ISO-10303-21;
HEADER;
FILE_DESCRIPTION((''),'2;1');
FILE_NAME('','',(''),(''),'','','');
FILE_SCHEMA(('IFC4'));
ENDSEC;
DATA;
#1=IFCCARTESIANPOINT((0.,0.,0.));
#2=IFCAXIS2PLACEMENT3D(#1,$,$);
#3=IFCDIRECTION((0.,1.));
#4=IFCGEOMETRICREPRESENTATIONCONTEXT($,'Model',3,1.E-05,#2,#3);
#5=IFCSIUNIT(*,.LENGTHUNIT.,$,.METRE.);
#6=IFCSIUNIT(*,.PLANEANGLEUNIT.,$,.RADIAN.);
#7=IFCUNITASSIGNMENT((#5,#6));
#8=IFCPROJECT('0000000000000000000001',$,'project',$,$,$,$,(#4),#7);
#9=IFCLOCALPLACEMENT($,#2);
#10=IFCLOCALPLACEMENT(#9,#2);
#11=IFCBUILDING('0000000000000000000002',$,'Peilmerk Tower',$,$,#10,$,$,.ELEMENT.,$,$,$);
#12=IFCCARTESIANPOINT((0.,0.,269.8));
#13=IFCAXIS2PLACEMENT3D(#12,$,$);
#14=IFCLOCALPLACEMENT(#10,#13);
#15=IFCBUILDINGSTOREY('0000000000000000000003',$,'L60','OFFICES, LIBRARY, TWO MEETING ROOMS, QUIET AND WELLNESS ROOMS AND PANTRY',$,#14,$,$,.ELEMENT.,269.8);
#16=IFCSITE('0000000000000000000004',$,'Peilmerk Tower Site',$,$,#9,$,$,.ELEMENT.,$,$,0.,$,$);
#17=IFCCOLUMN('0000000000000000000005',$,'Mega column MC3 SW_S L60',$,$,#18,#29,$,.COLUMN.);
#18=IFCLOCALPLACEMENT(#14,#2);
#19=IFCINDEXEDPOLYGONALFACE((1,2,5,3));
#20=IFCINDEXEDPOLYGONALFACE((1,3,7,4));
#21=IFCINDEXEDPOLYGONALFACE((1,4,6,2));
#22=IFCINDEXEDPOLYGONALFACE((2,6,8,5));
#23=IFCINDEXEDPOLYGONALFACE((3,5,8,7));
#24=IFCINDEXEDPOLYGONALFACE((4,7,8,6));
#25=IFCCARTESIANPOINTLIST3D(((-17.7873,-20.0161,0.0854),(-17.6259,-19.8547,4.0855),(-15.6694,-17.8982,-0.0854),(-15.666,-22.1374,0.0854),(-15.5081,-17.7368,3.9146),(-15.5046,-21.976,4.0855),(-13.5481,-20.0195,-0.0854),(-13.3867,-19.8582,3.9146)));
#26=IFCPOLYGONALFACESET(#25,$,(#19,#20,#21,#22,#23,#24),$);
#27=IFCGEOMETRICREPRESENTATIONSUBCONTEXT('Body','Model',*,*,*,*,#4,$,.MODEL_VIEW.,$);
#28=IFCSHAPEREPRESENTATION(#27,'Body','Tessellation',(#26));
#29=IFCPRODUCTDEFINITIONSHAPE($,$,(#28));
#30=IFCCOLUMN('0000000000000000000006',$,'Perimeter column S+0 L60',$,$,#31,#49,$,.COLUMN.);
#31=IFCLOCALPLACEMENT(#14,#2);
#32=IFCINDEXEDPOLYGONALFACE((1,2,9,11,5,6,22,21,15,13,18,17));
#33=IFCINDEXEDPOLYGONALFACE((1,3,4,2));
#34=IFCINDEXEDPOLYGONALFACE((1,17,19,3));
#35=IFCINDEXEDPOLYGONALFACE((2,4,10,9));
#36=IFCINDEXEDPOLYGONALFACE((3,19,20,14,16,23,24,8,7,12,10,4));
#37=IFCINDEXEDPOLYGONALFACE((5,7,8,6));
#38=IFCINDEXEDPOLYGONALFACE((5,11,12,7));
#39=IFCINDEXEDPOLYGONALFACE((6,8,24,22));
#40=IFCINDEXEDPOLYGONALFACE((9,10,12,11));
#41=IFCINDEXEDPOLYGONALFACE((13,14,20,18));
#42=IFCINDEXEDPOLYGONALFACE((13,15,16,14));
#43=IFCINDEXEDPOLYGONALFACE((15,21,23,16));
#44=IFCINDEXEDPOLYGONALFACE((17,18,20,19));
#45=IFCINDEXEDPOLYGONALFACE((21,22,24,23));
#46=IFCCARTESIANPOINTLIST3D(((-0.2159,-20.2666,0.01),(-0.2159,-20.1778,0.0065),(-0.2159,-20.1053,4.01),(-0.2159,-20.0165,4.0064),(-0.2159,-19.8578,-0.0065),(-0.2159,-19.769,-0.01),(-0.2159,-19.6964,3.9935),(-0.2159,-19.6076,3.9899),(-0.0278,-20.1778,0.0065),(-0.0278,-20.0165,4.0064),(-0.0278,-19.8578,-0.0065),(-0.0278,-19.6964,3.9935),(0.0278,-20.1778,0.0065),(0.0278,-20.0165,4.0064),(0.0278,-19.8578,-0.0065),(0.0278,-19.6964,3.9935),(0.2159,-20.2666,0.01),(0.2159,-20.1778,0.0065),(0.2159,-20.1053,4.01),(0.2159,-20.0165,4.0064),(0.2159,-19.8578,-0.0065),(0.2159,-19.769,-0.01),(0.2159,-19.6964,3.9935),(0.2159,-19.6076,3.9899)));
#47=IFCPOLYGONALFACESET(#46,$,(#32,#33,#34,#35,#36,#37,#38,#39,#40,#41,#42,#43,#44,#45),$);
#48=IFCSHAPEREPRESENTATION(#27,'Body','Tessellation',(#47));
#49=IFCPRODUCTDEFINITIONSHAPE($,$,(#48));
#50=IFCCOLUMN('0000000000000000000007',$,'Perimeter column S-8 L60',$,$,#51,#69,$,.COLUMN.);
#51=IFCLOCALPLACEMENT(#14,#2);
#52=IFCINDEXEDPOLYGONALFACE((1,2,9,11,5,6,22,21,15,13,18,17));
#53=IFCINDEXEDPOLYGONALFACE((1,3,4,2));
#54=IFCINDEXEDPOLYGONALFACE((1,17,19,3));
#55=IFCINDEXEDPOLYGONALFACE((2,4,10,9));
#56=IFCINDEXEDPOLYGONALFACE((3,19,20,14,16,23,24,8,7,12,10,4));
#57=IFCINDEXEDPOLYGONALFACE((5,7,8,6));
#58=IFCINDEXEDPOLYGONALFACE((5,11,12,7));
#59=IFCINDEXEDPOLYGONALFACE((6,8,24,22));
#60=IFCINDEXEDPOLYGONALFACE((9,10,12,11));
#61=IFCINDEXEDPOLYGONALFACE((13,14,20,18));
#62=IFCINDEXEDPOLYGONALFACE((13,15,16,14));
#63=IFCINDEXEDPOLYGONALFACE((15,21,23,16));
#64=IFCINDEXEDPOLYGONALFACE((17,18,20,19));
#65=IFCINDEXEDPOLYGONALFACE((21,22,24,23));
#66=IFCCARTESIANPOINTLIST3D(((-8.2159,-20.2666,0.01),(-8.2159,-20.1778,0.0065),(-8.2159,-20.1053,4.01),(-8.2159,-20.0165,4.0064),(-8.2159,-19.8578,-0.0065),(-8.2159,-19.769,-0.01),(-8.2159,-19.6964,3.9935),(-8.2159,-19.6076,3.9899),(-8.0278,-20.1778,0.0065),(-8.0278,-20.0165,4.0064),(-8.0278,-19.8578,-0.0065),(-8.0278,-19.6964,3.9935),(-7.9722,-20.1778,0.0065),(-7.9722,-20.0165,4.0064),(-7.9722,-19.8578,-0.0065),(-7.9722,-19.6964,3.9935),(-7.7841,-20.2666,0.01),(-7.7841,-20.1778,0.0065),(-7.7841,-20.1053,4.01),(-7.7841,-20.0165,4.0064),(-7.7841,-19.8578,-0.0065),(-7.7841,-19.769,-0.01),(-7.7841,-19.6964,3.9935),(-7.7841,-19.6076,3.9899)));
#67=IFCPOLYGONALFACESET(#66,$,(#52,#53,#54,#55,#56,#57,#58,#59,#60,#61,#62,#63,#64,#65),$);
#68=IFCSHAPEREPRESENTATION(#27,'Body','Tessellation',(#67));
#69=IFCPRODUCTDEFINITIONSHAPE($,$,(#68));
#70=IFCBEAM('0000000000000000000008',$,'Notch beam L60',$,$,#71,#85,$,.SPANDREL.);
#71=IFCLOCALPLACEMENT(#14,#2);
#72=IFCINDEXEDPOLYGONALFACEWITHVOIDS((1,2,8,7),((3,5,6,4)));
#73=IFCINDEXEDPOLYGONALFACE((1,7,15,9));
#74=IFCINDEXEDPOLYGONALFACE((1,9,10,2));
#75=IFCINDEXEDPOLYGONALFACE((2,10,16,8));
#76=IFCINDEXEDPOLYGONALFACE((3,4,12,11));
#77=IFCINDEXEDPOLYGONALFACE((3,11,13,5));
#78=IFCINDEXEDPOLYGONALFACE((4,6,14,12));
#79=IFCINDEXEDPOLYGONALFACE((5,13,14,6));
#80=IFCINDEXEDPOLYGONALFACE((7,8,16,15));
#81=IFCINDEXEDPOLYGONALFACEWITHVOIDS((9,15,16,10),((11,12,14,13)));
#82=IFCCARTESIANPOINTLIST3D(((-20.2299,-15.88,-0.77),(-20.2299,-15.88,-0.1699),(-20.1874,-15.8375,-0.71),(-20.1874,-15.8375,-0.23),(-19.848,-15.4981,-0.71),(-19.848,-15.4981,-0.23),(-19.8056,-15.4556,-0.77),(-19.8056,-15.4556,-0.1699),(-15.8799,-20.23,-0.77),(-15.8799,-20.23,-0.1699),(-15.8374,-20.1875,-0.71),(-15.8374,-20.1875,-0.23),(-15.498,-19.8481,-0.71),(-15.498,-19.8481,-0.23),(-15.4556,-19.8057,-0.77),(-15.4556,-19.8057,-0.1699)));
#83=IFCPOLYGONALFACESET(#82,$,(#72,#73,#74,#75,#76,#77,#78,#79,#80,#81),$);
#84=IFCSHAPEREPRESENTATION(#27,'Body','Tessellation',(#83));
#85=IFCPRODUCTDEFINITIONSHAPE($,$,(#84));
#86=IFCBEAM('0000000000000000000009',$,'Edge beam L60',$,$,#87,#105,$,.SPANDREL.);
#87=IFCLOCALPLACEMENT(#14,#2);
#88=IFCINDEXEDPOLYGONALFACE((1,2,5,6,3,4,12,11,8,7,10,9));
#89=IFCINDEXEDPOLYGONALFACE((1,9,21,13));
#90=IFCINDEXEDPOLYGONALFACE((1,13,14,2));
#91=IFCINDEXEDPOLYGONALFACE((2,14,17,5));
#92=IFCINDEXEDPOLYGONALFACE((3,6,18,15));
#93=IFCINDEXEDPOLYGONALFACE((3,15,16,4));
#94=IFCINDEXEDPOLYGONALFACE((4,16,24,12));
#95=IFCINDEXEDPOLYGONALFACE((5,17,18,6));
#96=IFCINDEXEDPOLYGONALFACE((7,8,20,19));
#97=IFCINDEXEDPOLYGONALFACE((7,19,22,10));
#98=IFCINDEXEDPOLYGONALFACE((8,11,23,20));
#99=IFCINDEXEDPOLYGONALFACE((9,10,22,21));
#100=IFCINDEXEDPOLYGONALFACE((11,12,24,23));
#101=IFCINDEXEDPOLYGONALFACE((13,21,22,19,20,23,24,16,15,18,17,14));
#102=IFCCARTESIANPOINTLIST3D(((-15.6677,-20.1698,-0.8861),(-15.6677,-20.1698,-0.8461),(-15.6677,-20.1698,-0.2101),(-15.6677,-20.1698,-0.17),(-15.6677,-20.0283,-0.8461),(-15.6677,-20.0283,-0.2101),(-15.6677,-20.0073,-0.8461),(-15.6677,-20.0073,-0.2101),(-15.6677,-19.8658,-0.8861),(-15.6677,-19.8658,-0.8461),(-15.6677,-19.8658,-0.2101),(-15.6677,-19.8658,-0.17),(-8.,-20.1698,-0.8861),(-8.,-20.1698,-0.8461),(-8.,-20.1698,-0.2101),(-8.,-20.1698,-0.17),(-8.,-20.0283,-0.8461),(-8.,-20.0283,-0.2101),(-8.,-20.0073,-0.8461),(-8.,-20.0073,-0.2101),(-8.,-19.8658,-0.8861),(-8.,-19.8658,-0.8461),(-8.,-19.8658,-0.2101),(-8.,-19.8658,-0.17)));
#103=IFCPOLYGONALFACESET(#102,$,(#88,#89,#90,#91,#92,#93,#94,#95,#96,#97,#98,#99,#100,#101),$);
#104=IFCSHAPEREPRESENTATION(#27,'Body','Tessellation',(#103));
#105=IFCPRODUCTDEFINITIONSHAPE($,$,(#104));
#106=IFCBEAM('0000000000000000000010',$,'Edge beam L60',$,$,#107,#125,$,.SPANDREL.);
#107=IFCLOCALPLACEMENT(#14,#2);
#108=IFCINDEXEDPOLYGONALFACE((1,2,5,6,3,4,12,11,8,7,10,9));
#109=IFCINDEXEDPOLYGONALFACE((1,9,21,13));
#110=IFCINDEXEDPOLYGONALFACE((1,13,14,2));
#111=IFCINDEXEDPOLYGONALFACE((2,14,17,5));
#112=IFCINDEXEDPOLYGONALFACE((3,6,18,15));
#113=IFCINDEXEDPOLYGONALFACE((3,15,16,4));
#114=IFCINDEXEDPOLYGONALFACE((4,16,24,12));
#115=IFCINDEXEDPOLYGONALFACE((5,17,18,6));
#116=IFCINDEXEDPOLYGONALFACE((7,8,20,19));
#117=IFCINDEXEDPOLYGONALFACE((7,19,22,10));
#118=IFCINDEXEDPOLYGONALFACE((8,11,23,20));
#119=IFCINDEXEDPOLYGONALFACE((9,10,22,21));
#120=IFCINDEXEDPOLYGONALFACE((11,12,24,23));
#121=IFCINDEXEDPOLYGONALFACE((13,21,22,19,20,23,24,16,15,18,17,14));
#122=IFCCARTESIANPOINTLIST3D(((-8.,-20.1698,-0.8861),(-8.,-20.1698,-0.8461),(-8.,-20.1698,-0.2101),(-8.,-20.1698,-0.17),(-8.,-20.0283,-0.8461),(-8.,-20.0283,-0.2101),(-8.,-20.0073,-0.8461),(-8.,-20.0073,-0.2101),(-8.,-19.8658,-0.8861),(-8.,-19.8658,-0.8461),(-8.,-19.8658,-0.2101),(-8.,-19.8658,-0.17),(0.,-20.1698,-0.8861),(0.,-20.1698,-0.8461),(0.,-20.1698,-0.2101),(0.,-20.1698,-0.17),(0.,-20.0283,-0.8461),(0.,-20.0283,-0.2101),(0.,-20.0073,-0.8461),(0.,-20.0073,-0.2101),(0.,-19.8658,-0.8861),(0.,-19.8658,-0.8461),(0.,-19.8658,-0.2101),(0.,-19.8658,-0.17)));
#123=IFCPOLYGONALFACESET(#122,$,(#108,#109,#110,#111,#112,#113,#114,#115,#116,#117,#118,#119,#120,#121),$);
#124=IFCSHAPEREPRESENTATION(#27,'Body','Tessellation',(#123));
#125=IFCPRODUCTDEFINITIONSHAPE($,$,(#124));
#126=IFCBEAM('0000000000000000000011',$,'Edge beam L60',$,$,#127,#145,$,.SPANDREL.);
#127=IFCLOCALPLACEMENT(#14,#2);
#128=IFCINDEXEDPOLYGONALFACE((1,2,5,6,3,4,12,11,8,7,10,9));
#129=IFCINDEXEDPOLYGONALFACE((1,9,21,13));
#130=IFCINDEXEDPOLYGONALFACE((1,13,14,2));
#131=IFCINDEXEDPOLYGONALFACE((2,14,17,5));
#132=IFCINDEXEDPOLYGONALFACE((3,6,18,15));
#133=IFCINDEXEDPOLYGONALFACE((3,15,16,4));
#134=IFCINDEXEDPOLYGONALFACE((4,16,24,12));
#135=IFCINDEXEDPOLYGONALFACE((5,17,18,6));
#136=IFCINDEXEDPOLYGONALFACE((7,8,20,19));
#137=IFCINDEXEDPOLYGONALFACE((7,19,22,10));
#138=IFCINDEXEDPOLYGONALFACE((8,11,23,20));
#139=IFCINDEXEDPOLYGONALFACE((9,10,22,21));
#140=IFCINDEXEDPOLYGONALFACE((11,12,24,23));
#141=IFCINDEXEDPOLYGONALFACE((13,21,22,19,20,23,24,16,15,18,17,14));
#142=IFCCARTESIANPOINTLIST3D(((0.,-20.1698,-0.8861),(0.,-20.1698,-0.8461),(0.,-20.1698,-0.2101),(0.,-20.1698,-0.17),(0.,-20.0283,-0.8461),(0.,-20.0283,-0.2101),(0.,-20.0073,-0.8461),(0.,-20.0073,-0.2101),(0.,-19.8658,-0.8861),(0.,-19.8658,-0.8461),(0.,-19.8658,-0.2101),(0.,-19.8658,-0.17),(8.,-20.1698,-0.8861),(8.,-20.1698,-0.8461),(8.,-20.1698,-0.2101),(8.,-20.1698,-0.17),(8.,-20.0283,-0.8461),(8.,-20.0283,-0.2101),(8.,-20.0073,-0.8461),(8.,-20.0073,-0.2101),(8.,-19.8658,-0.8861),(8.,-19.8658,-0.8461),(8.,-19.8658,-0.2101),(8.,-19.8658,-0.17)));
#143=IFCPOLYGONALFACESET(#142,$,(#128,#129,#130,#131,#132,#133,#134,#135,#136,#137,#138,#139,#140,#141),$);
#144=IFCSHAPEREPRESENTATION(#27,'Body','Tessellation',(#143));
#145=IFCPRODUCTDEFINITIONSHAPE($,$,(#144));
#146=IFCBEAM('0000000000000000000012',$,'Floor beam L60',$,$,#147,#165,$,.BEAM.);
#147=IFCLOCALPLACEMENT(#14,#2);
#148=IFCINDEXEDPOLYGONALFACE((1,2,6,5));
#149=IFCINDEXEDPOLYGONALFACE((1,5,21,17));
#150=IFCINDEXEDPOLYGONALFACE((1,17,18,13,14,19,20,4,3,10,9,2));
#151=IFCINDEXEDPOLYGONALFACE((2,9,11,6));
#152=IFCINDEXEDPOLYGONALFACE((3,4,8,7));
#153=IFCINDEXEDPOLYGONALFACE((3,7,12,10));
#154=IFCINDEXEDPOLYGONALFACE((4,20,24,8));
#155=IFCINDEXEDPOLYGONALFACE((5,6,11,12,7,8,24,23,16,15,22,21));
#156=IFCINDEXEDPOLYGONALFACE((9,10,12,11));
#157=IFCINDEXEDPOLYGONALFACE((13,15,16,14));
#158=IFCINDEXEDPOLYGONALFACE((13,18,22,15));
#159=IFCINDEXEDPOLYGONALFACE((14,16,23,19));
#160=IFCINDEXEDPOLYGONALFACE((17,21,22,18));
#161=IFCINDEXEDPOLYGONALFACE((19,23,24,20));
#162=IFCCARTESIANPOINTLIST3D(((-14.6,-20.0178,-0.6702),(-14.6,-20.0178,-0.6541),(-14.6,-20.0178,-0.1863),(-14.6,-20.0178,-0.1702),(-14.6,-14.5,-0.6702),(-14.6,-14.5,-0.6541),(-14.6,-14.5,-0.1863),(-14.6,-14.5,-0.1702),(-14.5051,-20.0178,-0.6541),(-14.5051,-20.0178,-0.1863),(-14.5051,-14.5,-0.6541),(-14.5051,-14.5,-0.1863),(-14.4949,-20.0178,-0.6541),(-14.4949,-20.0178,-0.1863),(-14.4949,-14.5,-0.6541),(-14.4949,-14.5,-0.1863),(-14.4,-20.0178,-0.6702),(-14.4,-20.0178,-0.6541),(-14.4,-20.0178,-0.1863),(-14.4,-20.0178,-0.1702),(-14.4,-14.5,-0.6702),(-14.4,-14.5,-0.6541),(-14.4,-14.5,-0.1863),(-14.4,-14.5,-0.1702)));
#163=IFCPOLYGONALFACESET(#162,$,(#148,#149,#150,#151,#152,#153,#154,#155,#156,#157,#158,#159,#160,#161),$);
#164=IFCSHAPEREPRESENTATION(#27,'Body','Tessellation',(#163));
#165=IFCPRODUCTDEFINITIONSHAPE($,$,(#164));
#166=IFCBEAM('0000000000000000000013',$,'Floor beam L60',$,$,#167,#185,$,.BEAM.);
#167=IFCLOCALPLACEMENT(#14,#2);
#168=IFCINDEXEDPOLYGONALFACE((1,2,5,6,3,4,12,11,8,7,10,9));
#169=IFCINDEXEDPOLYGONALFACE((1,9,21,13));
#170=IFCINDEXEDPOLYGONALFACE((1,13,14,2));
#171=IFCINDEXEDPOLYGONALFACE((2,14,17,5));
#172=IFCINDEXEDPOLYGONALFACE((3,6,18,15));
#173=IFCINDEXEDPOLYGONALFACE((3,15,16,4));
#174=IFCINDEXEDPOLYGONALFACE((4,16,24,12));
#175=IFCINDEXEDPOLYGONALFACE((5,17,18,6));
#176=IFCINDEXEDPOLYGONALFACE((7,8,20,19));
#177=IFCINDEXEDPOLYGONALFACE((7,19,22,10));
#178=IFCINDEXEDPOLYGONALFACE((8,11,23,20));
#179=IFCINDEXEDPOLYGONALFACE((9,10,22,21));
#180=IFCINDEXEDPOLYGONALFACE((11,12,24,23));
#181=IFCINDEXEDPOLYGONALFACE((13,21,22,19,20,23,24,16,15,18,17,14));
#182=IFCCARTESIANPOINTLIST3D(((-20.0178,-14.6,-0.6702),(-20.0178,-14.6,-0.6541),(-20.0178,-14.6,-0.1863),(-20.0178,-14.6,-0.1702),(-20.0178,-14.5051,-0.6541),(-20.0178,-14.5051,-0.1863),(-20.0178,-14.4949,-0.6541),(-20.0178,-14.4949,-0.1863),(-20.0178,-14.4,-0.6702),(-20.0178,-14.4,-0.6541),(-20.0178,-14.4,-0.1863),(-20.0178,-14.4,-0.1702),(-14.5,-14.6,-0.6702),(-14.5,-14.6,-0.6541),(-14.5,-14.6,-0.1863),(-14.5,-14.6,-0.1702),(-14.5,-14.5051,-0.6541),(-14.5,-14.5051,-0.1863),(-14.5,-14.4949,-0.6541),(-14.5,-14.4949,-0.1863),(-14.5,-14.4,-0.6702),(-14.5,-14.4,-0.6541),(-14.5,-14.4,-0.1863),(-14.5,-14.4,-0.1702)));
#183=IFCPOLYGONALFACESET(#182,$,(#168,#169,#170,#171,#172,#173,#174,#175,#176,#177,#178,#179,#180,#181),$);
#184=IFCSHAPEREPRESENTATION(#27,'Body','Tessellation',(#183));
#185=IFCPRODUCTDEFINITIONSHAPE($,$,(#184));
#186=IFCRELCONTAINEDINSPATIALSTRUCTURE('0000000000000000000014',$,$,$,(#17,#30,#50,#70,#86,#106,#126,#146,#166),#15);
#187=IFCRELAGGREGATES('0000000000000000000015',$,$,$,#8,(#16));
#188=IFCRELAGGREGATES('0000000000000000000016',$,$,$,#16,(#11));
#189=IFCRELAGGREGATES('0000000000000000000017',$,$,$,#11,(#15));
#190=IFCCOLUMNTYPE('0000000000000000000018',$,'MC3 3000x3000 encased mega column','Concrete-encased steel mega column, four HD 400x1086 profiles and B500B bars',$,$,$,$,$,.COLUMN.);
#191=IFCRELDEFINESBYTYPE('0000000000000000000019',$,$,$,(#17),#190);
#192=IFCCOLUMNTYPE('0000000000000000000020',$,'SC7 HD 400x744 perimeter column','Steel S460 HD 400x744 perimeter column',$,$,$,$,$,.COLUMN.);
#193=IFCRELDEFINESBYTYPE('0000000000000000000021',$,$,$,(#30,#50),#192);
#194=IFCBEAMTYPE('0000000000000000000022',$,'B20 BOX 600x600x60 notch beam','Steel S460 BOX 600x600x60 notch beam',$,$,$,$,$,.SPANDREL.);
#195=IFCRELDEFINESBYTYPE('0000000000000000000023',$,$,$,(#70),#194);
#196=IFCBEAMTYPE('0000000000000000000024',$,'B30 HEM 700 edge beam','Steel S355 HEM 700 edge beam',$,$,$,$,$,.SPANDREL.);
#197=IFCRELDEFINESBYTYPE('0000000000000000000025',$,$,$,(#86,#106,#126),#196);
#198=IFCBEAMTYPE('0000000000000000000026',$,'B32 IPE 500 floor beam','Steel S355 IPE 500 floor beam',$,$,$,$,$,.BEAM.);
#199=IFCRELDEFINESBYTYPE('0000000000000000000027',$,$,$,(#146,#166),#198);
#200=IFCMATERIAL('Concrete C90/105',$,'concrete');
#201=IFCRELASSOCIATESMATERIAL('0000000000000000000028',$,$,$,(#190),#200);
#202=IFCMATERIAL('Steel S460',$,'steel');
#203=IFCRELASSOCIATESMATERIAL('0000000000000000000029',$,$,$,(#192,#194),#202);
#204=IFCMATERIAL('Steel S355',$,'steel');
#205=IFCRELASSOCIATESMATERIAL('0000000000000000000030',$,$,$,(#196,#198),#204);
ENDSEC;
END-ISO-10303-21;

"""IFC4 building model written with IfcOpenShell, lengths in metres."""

from ifc_helpers import new_model, si_unit, direction, frame, origin, origin_2d, place, context, subcontext, project, spatial, rectangle, hollow_rectangle, i_section, extrude, material, material_profile, profile_set, type_object, element, save


model = new_model("IFC4")

# Units and contexts
model_context = context("Model", 3, precision=1e-05, world=origin(), true_north=direction((0.0, 1.0)))
body_context = subcontext(model_context, "Body", "Model", "MODEL_VIEW")
ifc_project = project(units=[si_unit("LENGTHUNIT", "METRE"), si_unit("PLANEANGLEUNIT", "RADIAN")], contexts=[model_context])

# Site, building, storey
site_placement = place(None, origin())
site = spatial("IfcSite", under=ifc_project, at=site_placement, Name="Peilmerk Tower Site", CompositionType="ELEMENT", RefElevation=0.0)
building_placement = place(site_placement, origin())
building = spatial("IfcBuilding", under=site, at=building_placement, Name="Peilmerk Tower", CompositionType="ELEMENT")
storey_placement = place(building_placement, frame((0.0, 0.0, 269.8)))
storey = spatial("IfcBuildingStorey", under=building, at=storey_placement, Name="L60", Description="OFFICES, LIBRARY, TWO MEETING ROOMS, QUIET AND WELLNESS ROOMS AND PANTRY", CompositionType="ELEMENT", Elevation=269.8)

# Columns
ifc_material_1 = material(Name="Concrete C90/105", Category="concrete")
ifc_material_profile_1 = material_profile(ifc_material_1, rectangle(XDim=3.0, YDim=3.0, at=origin_2d()), Name="RC 3000x3000")
ifc_profile_set_1 = profile_set([ifc_material_profile_1], Name="Concrete C90/105")
column_type_1 = type_object("IfcColumnType", Name="MC3 3000x3000 encased mega column", Description="Concrete-encased steel mega column, four HD 400x1086 profiles and B500B bars", PredefinedType="COLUMN", material=ifc_profile_set_1)
column_placement = place(storey_placement, frame((-15.6677, -20.0178, 0.0), z_axis=(0.040279, 0.040279, 0.998376), x_axis=(-0.707107, 0.707107, 0.0)))
element("IfcColumn", 1, at=column_placement, inside=storey, type_object=column_type_1, Name="Mega column MC3 SW_S L60", PredefinedType="COLUMN", context=body_context, shape_type="SweptSolid", body=[
    extrude(rectangle(XDim=3.0, YDim=3.0, at=origin_2d()), origin(), (0.0, 0.0, 1.0), 4.0066),
])
ifc_material_2 = material(Name="Steel S460", Category="steel")
ifc_material_profile_2 = material_profile(ifc_material_2, i_section(OverallWidth=0.4319, OverallDepth=0.498, WebThickness=0.0557, FlangeThickness=0.0889, at=origin_2d()), Name="HD 400x744")
ifc_profile_set_2 = profile_set([ifc_material_profile_2], Name="Steel S460")
column_type_2 = type_object("IfcColumnType", Name="SC7 HD 400x744 perimeter column", Description="Steel S460 HD 400x744 perimeter column", PredefinedType="COLUMN", material=ifc_profile_set_2)
for number, where, z_axis, x_axis, name in (
    (2, (0.0, -20.0178, 0.0), (0.0, 0.040311, 0.999187), (-1.0, 0.0, 0.0), "Perimeter column S+0 L60"),
    (3, (-8.0, -20.0178, 0.0), (0.0, 0.040311, 0.999187), (-1.0, 0.0, 0.0), "Perimeter column S-8 L60"),
):
    element("IfcColumn", number, at=place(storey_placement, frame(where, z_axis=z_axis, x_axis=x_axis)), inside=storey, type_object=column_type_2, Name=name, PredefinedType="COLUMN", context=body_context, shape_type="SweptSolid", body=[
        extrude(i_section(OverallWidth=0.4319, OverallDepth=0.498, WebThickness=0.0557, FlangeThickness=0.0889, at=origin_2d()), origin(), (0.0, 0.0, 1.0), 4.0032),
    ])

# Beams
ifc_material_profile_3 = material_profile(ifc_material_2, hollow_rectangle(XDim=0.6001, YDim=0.6001, WallThickness=0.0601, at=origin_2d()), Name="BOX 600x600x60")
ifc_profile_set_3 = profile_set([ifc_material_profile_3], Name="Steel S460")
beam_type_1 = type_object("IfcBeamType", Name="B20 BOX 600x600x60 notch beam", Description="Steel S460 BOX 600x600x60 notch beam", PredefinedType="SPANDREL", material=ifc_profile_set_3)
beam_1_placement = place(storey_placement, frame((-15.6677, -20.0178, -0.47), z_axis=(-0.707107, 0.707107, 0.0), x_axis=(-0.707107, -0.707107, 0.0)))
element("IfcBeam", 4, at=beam_1_placement, inside=storey, type_object=beam_type_1, Name="Notch beam L60", PredefinedType="SPANDREL", context=body_context, shape_type="SweptSolid", body=[
    extrude(hollow_rectangle(XDim=0.6001, YDim=0.6001, WallThickness=0.0601, at=origin_2d()), origin(), (0.0, 0.0, 1.0), 6.1519),
])
ifc_material_3 = material(Name="Steel S355", Category="steel")
ifc_material_profile_4 = material_profile(ifc_material_3, i_section(OverallWidth=0.304, OverallDepth=0.7161, WebThickness=0.021, FlangeThickness=0.04, at=origin_2d()), Name="HEM 700")
ifc_profile_set_4 = profile_set([ifc_material_profile_4], Name="Steel S355")
beam_type_2 = type_object("IfcBeamType", Name="B30 HEM 700 edge beam", Description="Steel S355 HEM 700 edge beam", PredefinedType="SPANDREL", material=ifc_profile_set_4)
beam_2_placement = place(storey_placement, frame((-15.6677, -20.0178, -0.5281), z_axis=(1.0, 0.0, 0.0), x_axis=(0.0, 1.0, 0.0)))
element("IfcBeam", 5, at=beam_2_placement, inside=storey, type_object=beam_type_2, Name="Edge beam L60", PredefinedType="SPANDREL", context=body_context, shape_type="SweptSolid", body=[
    extrude(i_section(OverallWidth=0.304, OverallDepth=0.7161, WebThickness=0.021, FlangeThickness=0.04, at=origin_2d()), origin(), (0.0, 0.0, 1.0), 7.6677),
])
for number, where, z_axis, x_axis, name in (
    (6, (-8.0, -20.0178, -0.5281), (1.0, 0.0, 0.0), (0.0, 1.0, 0.0), "Edge beam L60"),
    (7, (0.0, -20.0178, -0.5281), (1.0, 0.0, 0.0), (0.0, 1.0, 0.0), "Edge beam L60"),
):
    element("IfcBeam", number, at=place(storey_placement, frame(where, z_axis=z_axis, x_axis=x_axis)), inside=storey, type_object=beam_type_2, Name=name, PredefinedType="SPANDREL", context=body_context, shape_type="SweptSolid", body=[
        extrude(i_section(OverallWidth=0.304, OverallDepth=0.7161, WebThickness=0.021, FlangeThickness=0.04, at=origin_2d()), origin(), (0.0, 0.0, 1.0), 8.0),
    ])
ifc_material_profile_5 = material_profile(ifc_material_3, i_section(OverallWidth=0.2, OverallDepth=0.5, WebThickness=0.0103, FlangeThickness=0.0161, at=origin_2d()), Name="IPE 500")
ifc_profile_set_5 = profile_set([ifc_material_profile_5], Name="Steel S355")
beam_type_3 = type_object("IfcBeamType", Name="B32 IPE 500 floor beam", Description="Steel S355 IPE 500 floor beam", PredefinedType="BEAM", material=ifc_profile_set_5)
for number, where, z_axis, x_axis, name in (
    (8, (-14.5, -14.5, -0.4202), (0.0, -1.0, 0.0), (1.0, 0.0, 0.0), "Floor beam L60"),
    (9, (-14.5, -14.5, -0.4202), (-1.0, 0.0, 0.0), (0.0, -1.0, 0.0), "Floor beam L60"),
):
    element("IfcBeam", number, at=place(storey_placement, frame(where, z_axis=z_axis, x_axis=x_axis)), inside=storey, type_object=beam_type_3, Name=name, PredefinedType="BEAM", context=body_context, shape_type="SweptSolid", body=[
        extrude(i_section(OverallWidth=0.2, OverallDepth=0.5, WebThickness=0.0103, FlangeThickness=0.0161, at=origin_2d()), origin(), (0.0, 0.0, 1.0), 5.5178),
    ])

save(model, "model.ifc")
